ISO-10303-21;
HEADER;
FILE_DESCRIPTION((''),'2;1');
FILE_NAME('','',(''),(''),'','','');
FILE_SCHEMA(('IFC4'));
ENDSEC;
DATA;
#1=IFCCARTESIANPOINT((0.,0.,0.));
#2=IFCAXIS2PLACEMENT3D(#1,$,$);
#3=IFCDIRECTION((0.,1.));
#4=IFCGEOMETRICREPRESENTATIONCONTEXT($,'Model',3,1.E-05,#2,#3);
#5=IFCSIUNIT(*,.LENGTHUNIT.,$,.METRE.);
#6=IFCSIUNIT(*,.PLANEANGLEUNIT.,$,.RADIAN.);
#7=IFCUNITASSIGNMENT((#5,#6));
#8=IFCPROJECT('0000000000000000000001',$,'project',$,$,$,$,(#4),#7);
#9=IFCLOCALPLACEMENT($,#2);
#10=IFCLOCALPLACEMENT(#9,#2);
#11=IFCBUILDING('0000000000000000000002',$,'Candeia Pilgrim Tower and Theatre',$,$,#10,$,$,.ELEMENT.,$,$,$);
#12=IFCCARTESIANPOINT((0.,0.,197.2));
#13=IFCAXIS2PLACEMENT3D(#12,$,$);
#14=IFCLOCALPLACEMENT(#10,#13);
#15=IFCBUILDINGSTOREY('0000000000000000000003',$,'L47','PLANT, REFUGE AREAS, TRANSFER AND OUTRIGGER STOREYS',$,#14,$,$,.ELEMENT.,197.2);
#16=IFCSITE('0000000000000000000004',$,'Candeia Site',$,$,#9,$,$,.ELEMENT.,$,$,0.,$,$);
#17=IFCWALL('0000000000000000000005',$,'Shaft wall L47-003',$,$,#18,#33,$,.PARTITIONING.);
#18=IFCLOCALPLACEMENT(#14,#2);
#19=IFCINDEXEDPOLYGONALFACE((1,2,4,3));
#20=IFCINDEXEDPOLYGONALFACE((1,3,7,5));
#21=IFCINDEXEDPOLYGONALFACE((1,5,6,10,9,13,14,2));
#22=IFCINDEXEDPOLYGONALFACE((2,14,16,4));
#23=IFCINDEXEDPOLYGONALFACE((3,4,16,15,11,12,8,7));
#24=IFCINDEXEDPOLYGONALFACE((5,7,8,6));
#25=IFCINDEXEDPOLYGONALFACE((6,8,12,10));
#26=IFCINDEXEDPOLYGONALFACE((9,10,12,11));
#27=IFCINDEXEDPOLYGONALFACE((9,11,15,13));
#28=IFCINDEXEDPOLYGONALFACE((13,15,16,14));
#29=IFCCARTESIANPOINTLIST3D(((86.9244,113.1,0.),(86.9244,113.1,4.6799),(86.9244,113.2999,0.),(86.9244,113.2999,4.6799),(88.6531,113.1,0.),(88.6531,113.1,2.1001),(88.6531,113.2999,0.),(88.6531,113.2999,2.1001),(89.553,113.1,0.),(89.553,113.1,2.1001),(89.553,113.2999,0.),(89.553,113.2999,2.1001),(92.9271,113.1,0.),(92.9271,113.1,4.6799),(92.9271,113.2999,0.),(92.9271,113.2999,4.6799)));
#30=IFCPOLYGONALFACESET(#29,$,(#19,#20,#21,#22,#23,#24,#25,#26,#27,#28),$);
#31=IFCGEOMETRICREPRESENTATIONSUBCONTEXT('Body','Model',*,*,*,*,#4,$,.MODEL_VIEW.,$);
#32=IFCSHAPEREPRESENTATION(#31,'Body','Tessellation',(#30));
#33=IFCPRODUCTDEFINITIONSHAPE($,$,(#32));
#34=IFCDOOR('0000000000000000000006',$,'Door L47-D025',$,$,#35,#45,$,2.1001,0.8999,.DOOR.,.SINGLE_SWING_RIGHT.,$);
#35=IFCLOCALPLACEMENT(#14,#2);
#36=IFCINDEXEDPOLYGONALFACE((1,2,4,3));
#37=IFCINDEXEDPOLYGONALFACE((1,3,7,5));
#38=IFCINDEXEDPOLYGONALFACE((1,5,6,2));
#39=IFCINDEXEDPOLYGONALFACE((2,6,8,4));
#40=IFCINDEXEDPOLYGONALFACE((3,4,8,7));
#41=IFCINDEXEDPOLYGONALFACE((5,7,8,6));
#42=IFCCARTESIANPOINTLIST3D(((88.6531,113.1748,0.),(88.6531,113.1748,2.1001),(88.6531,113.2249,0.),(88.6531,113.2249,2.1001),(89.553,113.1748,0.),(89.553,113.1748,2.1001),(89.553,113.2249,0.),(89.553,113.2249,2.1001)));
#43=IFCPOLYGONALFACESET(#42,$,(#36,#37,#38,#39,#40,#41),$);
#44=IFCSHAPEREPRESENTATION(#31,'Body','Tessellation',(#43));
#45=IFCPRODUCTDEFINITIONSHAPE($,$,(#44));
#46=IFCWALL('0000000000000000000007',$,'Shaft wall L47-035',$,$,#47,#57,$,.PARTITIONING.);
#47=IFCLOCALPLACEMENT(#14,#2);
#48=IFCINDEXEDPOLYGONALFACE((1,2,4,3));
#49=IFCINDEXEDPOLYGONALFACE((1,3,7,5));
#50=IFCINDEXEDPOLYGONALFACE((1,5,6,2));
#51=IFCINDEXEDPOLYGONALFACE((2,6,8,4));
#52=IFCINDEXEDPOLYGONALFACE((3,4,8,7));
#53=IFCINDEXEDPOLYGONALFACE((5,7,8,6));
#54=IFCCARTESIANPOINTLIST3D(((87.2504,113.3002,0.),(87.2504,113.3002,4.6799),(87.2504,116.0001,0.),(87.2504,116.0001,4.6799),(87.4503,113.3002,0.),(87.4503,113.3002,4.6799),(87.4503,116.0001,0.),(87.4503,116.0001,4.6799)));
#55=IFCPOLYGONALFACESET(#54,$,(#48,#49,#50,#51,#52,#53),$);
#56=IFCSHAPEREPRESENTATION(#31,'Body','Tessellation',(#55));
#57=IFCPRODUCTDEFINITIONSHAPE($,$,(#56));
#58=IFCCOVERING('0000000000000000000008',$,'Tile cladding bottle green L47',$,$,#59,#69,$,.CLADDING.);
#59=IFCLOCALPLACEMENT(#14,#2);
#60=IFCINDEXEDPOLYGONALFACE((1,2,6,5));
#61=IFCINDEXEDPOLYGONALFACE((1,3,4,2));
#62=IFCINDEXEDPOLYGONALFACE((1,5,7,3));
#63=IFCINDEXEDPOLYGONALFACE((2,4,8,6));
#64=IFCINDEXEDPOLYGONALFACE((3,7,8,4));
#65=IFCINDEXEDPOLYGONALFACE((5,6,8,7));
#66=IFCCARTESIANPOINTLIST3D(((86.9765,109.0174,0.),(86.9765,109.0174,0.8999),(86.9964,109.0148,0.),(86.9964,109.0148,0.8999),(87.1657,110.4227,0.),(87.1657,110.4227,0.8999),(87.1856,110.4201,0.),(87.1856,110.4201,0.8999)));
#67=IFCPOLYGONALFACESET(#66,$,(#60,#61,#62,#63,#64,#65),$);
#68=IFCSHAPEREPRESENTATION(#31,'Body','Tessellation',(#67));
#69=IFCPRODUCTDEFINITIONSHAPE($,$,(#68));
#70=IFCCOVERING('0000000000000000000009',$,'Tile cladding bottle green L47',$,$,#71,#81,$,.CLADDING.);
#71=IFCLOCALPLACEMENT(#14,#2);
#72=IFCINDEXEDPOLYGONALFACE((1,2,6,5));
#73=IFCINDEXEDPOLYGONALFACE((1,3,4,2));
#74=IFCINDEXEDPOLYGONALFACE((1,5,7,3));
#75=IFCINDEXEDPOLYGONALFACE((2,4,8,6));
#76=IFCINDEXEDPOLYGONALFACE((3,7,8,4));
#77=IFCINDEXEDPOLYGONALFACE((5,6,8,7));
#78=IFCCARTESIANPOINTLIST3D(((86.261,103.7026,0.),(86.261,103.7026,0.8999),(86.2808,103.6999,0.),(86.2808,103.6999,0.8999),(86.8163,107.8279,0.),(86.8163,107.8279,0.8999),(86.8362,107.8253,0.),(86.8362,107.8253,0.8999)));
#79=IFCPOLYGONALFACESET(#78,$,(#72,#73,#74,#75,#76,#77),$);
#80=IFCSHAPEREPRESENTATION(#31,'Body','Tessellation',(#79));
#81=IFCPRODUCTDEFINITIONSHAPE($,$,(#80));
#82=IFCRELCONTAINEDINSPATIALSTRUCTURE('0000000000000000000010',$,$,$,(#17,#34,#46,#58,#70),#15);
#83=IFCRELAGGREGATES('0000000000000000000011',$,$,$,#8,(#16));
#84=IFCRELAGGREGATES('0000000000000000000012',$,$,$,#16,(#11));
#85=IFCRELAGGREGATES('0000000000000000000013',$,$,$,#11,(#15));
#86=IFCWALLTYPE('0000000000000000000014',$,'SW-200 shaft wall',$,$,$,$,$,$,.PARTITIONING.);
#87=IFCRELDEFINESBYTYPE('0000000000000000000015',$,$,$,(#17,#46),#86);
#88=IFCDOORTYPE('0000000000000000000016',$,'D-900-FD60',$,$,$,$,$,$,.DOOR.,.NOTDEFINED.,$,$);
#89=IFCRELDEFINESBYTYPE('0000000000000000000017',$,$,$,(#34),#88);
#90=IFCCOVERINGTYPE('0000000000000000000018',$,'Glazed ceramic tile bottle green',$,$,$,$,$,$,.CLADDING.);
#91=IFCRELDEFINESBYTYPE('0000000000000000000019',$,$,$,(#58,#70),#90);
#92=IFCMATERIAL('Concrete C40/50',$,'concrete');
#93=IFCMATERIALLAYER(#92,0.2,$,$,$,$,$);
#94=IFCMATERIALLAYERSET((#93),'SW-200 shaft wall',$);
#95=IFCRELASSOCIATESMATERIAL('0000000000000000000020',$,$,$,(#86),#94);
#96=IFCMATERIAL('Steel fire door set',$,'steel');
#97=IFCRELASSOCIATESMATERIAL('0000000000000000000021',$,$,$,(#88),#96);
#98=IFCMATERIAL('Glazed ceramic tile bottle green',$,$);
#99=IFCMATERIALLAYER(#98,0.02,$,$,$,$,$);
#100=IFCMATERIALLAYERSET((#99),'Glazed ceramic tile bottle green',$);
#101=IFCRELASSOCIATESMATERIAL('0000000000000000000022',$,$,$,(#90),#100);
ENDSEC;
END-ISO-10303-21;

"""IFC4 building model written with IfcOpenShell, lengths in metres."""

from ifc_helpers import new_model, si_unit, direction, frame, frame_2d, origin, origin_2d, place, context, subcontext, project, spatial, rectangle, extrude, material, layer, layer_set, type_object, element, fill, save


model = new_model("IFC4")

# Units and contexts
model_context = context("Model", 3, precision=1e-05, world=origin(), true_north=direction((0.0, 1.0)))
body_context = subcontext(model_context, "Body", "Model", "MODEL_VIEW")
ifc_project = project(units=[si_unit("LENGTHUNIT", "METRE"), si_unit("PLANEANGLEUNIT", "RADIAN")], contexts=[model_context])

# Site, building, storey
site_placement = place(None, origin())
site = spatial("IfcSite", under=ifc_project, at=site_placement, Name="Candeia Site", CompositionType="ELEMENT", RefElevation=0.0)
building_placement = place(site_placement, origin())
building = spatial("IfcBuilding", under=site, at=building_placement, Name="Candeia Pilgrim Tower and Theatre", CompositionType="ELEMENT")
storey_placement = place(building_placement, frame((0.0, 0.0, 197.2)))
storey = spatial("IfcBuildingStorey", under=building, at=storey_placement, Name="L47", Description="PLANT, REFUGE AREAS, TRANSFER AND OUTRIGGER STOREYS", CompositionType="ELEMENT", Elevation=197.2)

# Shared definitions
ifc_material_1 = material(Name="Steel fire door set", Category="steel")

# Wall, opening, door
ifc_material_2 = material(Name="Concrete C40/50", Category="concrete")
ifc_layer_1 = layer(ifc_material_2, 0.2)
ifc_layer_set_1 = layer_set([ifc_layer_1], Name="SW-200 shaft wall")
wall_type_1 = type_object("IfcWallType", Name="SW-200 shaft wall", PredefinedType="PARTITIONING", material=ifc_layer_set_1)
wall_1_placement = place(storey_placement, frame((86.9243, 113.2, 0.0), z_axis=(0.0, 0.0, 1.0), x_axis=(1.0, 0.0, 0.0)))
wall_1 = element("IfcWall", 1, at=wall_1_placement, inside=storey, type_object=wall_type_1, Name="Shaft wall L47-003", PredefinedType="PARTITIONING", context=body_context, shape_type="SweptSolid", body=[
    extrude(rectangle(XDim=6.0027, YDim=0.2, at=frame_2d((3.0015, 0.0))), origin(), (0.0, 0.0, 1.0), 4.6799),
])
opening_1_placement = place(wall_1_placement, frame((1.7288, 0.0, 0.0)))
opening_1 = element("IfcOpeningElement", 2, at=opening_1_placement, cuts=wall_1, PredefinedType="OPENING", context=body_context, shape_type="SweptSolid", body=[
    extrude(rectangle(XDim=0.8999, YDim=2.1001, at=frame_2d((0.45, 1.05))), frame((0.0, 0.1099, 0.0), z_axis=(0.0, -1.0, 0.0), x_axis=(1.0, 0.0, 0.0)), (0.0, 0.0, 1.0), 0.22),
])
door_type_1 = type_object("IfcDoorType", Name="D-900-FD60", OperationType="NOTDEFINED", PredefinedType="DOOR", material=ifc_material_1)
door_1_placement = place(opening_1_placement, origin())
door_1 = element("IfcDoor", 3, at=door_1_placement, inside=storey, type_object=door_type_1, Name="Door L47-D025", OperationType="SINGLE_SWING_RIGHT", OverallHeight=2.1001, OverallWidth=0.8999, PredefinedType="DOOR", context=body_context, shape_type="SweptSolid", body=[
    extrude(rectangle(XDim=0.8999, YDim=2.1001, at=frame_2d((0.45, 1.05))), frame((0.0, 0.0249, 0.0), z_axis=(0.0, -1.0, 0.0), x_axis=(1.0, 0.0, 0.0)), (0.0, 0.0, 1.0), 0.05),
])
fill(opening_1, door_1)

# Wall
wall_2_placement = place(storey_placement, frame((87.3503, 113.3, 0.0), z_axis=(0.0, 0.0, 1.0), x_axis=(0.0, 1.0, 0.0)))
element("IfcWall", 4, at=wall_2_placement, inside=storey, type_object=wall_type_1, Name="Shaft wall L47-035", PredefinedType="PARTITIONING", context=body_context, shape_type="SweptSolid", body=[
    extrude(rectangle(XDim=2.7, YDim=0.2, at=frame_2d((1.3501, 0.0))), origin(), (0.0, 0.0, 1.0), 4.6799),
])

# Coverings
ifc_material_3 = material(Name="Glazed ceramic tile bottle green")
ifc_layer_2 = layer(ifc_material_3, 0.02)
ifc_layer_set_2 = layer_set([ifc_layer_2], Name="Glazed ceramic tile bottle green")
covering_type = type_object("IfcCoveringType", Name="Glazed ceramic tile bottle green", PredefinedType="CLADDING", material=ifc_layer_set_2)
covering_1_placement = place(storey_placement, frame((87.0811, 109.7188, 0.0), z_axis=(0.0, 0.0, 1.0), x_axis=(-0.133412, -0.991061, 0.0)))
element("IfcCovering", 5, at=covering_1_placement, inside=storey, type_object=covering_type, Name="Tile cladding bottle green L47", PredefinedType="CLADDING", context=body_context, shape_type="SweptSolid", body=[
    extrude(rectangle(XDim=1.418, YDim=0.02, at=origin_2d()), origin(), (0.0, 0.0, 1.0), 0.8999),
])
covering_2_placement = place(storey_placement, frame((86.5486, 105.7639, 0.0), z_axis=(0.0, 0.0, 1.0), x_axis=(-0.133412, -0.991061, 0.0)))
element("IfcCovering", 6, at=covering_2_placement, inside=storey, type_object=covering_type, Name="Tile cladding bottle green L47", PredefinedType="CLADDING", context=body_context, shape_type="SweptSolid", body=[
    extrude(rectangle(XDim=4.1626, YDim=0.02, at=origin_2d()), origin(), (0.0, 0.0, 1.0), 0.8999),
])

save(model, "model.ifc")
